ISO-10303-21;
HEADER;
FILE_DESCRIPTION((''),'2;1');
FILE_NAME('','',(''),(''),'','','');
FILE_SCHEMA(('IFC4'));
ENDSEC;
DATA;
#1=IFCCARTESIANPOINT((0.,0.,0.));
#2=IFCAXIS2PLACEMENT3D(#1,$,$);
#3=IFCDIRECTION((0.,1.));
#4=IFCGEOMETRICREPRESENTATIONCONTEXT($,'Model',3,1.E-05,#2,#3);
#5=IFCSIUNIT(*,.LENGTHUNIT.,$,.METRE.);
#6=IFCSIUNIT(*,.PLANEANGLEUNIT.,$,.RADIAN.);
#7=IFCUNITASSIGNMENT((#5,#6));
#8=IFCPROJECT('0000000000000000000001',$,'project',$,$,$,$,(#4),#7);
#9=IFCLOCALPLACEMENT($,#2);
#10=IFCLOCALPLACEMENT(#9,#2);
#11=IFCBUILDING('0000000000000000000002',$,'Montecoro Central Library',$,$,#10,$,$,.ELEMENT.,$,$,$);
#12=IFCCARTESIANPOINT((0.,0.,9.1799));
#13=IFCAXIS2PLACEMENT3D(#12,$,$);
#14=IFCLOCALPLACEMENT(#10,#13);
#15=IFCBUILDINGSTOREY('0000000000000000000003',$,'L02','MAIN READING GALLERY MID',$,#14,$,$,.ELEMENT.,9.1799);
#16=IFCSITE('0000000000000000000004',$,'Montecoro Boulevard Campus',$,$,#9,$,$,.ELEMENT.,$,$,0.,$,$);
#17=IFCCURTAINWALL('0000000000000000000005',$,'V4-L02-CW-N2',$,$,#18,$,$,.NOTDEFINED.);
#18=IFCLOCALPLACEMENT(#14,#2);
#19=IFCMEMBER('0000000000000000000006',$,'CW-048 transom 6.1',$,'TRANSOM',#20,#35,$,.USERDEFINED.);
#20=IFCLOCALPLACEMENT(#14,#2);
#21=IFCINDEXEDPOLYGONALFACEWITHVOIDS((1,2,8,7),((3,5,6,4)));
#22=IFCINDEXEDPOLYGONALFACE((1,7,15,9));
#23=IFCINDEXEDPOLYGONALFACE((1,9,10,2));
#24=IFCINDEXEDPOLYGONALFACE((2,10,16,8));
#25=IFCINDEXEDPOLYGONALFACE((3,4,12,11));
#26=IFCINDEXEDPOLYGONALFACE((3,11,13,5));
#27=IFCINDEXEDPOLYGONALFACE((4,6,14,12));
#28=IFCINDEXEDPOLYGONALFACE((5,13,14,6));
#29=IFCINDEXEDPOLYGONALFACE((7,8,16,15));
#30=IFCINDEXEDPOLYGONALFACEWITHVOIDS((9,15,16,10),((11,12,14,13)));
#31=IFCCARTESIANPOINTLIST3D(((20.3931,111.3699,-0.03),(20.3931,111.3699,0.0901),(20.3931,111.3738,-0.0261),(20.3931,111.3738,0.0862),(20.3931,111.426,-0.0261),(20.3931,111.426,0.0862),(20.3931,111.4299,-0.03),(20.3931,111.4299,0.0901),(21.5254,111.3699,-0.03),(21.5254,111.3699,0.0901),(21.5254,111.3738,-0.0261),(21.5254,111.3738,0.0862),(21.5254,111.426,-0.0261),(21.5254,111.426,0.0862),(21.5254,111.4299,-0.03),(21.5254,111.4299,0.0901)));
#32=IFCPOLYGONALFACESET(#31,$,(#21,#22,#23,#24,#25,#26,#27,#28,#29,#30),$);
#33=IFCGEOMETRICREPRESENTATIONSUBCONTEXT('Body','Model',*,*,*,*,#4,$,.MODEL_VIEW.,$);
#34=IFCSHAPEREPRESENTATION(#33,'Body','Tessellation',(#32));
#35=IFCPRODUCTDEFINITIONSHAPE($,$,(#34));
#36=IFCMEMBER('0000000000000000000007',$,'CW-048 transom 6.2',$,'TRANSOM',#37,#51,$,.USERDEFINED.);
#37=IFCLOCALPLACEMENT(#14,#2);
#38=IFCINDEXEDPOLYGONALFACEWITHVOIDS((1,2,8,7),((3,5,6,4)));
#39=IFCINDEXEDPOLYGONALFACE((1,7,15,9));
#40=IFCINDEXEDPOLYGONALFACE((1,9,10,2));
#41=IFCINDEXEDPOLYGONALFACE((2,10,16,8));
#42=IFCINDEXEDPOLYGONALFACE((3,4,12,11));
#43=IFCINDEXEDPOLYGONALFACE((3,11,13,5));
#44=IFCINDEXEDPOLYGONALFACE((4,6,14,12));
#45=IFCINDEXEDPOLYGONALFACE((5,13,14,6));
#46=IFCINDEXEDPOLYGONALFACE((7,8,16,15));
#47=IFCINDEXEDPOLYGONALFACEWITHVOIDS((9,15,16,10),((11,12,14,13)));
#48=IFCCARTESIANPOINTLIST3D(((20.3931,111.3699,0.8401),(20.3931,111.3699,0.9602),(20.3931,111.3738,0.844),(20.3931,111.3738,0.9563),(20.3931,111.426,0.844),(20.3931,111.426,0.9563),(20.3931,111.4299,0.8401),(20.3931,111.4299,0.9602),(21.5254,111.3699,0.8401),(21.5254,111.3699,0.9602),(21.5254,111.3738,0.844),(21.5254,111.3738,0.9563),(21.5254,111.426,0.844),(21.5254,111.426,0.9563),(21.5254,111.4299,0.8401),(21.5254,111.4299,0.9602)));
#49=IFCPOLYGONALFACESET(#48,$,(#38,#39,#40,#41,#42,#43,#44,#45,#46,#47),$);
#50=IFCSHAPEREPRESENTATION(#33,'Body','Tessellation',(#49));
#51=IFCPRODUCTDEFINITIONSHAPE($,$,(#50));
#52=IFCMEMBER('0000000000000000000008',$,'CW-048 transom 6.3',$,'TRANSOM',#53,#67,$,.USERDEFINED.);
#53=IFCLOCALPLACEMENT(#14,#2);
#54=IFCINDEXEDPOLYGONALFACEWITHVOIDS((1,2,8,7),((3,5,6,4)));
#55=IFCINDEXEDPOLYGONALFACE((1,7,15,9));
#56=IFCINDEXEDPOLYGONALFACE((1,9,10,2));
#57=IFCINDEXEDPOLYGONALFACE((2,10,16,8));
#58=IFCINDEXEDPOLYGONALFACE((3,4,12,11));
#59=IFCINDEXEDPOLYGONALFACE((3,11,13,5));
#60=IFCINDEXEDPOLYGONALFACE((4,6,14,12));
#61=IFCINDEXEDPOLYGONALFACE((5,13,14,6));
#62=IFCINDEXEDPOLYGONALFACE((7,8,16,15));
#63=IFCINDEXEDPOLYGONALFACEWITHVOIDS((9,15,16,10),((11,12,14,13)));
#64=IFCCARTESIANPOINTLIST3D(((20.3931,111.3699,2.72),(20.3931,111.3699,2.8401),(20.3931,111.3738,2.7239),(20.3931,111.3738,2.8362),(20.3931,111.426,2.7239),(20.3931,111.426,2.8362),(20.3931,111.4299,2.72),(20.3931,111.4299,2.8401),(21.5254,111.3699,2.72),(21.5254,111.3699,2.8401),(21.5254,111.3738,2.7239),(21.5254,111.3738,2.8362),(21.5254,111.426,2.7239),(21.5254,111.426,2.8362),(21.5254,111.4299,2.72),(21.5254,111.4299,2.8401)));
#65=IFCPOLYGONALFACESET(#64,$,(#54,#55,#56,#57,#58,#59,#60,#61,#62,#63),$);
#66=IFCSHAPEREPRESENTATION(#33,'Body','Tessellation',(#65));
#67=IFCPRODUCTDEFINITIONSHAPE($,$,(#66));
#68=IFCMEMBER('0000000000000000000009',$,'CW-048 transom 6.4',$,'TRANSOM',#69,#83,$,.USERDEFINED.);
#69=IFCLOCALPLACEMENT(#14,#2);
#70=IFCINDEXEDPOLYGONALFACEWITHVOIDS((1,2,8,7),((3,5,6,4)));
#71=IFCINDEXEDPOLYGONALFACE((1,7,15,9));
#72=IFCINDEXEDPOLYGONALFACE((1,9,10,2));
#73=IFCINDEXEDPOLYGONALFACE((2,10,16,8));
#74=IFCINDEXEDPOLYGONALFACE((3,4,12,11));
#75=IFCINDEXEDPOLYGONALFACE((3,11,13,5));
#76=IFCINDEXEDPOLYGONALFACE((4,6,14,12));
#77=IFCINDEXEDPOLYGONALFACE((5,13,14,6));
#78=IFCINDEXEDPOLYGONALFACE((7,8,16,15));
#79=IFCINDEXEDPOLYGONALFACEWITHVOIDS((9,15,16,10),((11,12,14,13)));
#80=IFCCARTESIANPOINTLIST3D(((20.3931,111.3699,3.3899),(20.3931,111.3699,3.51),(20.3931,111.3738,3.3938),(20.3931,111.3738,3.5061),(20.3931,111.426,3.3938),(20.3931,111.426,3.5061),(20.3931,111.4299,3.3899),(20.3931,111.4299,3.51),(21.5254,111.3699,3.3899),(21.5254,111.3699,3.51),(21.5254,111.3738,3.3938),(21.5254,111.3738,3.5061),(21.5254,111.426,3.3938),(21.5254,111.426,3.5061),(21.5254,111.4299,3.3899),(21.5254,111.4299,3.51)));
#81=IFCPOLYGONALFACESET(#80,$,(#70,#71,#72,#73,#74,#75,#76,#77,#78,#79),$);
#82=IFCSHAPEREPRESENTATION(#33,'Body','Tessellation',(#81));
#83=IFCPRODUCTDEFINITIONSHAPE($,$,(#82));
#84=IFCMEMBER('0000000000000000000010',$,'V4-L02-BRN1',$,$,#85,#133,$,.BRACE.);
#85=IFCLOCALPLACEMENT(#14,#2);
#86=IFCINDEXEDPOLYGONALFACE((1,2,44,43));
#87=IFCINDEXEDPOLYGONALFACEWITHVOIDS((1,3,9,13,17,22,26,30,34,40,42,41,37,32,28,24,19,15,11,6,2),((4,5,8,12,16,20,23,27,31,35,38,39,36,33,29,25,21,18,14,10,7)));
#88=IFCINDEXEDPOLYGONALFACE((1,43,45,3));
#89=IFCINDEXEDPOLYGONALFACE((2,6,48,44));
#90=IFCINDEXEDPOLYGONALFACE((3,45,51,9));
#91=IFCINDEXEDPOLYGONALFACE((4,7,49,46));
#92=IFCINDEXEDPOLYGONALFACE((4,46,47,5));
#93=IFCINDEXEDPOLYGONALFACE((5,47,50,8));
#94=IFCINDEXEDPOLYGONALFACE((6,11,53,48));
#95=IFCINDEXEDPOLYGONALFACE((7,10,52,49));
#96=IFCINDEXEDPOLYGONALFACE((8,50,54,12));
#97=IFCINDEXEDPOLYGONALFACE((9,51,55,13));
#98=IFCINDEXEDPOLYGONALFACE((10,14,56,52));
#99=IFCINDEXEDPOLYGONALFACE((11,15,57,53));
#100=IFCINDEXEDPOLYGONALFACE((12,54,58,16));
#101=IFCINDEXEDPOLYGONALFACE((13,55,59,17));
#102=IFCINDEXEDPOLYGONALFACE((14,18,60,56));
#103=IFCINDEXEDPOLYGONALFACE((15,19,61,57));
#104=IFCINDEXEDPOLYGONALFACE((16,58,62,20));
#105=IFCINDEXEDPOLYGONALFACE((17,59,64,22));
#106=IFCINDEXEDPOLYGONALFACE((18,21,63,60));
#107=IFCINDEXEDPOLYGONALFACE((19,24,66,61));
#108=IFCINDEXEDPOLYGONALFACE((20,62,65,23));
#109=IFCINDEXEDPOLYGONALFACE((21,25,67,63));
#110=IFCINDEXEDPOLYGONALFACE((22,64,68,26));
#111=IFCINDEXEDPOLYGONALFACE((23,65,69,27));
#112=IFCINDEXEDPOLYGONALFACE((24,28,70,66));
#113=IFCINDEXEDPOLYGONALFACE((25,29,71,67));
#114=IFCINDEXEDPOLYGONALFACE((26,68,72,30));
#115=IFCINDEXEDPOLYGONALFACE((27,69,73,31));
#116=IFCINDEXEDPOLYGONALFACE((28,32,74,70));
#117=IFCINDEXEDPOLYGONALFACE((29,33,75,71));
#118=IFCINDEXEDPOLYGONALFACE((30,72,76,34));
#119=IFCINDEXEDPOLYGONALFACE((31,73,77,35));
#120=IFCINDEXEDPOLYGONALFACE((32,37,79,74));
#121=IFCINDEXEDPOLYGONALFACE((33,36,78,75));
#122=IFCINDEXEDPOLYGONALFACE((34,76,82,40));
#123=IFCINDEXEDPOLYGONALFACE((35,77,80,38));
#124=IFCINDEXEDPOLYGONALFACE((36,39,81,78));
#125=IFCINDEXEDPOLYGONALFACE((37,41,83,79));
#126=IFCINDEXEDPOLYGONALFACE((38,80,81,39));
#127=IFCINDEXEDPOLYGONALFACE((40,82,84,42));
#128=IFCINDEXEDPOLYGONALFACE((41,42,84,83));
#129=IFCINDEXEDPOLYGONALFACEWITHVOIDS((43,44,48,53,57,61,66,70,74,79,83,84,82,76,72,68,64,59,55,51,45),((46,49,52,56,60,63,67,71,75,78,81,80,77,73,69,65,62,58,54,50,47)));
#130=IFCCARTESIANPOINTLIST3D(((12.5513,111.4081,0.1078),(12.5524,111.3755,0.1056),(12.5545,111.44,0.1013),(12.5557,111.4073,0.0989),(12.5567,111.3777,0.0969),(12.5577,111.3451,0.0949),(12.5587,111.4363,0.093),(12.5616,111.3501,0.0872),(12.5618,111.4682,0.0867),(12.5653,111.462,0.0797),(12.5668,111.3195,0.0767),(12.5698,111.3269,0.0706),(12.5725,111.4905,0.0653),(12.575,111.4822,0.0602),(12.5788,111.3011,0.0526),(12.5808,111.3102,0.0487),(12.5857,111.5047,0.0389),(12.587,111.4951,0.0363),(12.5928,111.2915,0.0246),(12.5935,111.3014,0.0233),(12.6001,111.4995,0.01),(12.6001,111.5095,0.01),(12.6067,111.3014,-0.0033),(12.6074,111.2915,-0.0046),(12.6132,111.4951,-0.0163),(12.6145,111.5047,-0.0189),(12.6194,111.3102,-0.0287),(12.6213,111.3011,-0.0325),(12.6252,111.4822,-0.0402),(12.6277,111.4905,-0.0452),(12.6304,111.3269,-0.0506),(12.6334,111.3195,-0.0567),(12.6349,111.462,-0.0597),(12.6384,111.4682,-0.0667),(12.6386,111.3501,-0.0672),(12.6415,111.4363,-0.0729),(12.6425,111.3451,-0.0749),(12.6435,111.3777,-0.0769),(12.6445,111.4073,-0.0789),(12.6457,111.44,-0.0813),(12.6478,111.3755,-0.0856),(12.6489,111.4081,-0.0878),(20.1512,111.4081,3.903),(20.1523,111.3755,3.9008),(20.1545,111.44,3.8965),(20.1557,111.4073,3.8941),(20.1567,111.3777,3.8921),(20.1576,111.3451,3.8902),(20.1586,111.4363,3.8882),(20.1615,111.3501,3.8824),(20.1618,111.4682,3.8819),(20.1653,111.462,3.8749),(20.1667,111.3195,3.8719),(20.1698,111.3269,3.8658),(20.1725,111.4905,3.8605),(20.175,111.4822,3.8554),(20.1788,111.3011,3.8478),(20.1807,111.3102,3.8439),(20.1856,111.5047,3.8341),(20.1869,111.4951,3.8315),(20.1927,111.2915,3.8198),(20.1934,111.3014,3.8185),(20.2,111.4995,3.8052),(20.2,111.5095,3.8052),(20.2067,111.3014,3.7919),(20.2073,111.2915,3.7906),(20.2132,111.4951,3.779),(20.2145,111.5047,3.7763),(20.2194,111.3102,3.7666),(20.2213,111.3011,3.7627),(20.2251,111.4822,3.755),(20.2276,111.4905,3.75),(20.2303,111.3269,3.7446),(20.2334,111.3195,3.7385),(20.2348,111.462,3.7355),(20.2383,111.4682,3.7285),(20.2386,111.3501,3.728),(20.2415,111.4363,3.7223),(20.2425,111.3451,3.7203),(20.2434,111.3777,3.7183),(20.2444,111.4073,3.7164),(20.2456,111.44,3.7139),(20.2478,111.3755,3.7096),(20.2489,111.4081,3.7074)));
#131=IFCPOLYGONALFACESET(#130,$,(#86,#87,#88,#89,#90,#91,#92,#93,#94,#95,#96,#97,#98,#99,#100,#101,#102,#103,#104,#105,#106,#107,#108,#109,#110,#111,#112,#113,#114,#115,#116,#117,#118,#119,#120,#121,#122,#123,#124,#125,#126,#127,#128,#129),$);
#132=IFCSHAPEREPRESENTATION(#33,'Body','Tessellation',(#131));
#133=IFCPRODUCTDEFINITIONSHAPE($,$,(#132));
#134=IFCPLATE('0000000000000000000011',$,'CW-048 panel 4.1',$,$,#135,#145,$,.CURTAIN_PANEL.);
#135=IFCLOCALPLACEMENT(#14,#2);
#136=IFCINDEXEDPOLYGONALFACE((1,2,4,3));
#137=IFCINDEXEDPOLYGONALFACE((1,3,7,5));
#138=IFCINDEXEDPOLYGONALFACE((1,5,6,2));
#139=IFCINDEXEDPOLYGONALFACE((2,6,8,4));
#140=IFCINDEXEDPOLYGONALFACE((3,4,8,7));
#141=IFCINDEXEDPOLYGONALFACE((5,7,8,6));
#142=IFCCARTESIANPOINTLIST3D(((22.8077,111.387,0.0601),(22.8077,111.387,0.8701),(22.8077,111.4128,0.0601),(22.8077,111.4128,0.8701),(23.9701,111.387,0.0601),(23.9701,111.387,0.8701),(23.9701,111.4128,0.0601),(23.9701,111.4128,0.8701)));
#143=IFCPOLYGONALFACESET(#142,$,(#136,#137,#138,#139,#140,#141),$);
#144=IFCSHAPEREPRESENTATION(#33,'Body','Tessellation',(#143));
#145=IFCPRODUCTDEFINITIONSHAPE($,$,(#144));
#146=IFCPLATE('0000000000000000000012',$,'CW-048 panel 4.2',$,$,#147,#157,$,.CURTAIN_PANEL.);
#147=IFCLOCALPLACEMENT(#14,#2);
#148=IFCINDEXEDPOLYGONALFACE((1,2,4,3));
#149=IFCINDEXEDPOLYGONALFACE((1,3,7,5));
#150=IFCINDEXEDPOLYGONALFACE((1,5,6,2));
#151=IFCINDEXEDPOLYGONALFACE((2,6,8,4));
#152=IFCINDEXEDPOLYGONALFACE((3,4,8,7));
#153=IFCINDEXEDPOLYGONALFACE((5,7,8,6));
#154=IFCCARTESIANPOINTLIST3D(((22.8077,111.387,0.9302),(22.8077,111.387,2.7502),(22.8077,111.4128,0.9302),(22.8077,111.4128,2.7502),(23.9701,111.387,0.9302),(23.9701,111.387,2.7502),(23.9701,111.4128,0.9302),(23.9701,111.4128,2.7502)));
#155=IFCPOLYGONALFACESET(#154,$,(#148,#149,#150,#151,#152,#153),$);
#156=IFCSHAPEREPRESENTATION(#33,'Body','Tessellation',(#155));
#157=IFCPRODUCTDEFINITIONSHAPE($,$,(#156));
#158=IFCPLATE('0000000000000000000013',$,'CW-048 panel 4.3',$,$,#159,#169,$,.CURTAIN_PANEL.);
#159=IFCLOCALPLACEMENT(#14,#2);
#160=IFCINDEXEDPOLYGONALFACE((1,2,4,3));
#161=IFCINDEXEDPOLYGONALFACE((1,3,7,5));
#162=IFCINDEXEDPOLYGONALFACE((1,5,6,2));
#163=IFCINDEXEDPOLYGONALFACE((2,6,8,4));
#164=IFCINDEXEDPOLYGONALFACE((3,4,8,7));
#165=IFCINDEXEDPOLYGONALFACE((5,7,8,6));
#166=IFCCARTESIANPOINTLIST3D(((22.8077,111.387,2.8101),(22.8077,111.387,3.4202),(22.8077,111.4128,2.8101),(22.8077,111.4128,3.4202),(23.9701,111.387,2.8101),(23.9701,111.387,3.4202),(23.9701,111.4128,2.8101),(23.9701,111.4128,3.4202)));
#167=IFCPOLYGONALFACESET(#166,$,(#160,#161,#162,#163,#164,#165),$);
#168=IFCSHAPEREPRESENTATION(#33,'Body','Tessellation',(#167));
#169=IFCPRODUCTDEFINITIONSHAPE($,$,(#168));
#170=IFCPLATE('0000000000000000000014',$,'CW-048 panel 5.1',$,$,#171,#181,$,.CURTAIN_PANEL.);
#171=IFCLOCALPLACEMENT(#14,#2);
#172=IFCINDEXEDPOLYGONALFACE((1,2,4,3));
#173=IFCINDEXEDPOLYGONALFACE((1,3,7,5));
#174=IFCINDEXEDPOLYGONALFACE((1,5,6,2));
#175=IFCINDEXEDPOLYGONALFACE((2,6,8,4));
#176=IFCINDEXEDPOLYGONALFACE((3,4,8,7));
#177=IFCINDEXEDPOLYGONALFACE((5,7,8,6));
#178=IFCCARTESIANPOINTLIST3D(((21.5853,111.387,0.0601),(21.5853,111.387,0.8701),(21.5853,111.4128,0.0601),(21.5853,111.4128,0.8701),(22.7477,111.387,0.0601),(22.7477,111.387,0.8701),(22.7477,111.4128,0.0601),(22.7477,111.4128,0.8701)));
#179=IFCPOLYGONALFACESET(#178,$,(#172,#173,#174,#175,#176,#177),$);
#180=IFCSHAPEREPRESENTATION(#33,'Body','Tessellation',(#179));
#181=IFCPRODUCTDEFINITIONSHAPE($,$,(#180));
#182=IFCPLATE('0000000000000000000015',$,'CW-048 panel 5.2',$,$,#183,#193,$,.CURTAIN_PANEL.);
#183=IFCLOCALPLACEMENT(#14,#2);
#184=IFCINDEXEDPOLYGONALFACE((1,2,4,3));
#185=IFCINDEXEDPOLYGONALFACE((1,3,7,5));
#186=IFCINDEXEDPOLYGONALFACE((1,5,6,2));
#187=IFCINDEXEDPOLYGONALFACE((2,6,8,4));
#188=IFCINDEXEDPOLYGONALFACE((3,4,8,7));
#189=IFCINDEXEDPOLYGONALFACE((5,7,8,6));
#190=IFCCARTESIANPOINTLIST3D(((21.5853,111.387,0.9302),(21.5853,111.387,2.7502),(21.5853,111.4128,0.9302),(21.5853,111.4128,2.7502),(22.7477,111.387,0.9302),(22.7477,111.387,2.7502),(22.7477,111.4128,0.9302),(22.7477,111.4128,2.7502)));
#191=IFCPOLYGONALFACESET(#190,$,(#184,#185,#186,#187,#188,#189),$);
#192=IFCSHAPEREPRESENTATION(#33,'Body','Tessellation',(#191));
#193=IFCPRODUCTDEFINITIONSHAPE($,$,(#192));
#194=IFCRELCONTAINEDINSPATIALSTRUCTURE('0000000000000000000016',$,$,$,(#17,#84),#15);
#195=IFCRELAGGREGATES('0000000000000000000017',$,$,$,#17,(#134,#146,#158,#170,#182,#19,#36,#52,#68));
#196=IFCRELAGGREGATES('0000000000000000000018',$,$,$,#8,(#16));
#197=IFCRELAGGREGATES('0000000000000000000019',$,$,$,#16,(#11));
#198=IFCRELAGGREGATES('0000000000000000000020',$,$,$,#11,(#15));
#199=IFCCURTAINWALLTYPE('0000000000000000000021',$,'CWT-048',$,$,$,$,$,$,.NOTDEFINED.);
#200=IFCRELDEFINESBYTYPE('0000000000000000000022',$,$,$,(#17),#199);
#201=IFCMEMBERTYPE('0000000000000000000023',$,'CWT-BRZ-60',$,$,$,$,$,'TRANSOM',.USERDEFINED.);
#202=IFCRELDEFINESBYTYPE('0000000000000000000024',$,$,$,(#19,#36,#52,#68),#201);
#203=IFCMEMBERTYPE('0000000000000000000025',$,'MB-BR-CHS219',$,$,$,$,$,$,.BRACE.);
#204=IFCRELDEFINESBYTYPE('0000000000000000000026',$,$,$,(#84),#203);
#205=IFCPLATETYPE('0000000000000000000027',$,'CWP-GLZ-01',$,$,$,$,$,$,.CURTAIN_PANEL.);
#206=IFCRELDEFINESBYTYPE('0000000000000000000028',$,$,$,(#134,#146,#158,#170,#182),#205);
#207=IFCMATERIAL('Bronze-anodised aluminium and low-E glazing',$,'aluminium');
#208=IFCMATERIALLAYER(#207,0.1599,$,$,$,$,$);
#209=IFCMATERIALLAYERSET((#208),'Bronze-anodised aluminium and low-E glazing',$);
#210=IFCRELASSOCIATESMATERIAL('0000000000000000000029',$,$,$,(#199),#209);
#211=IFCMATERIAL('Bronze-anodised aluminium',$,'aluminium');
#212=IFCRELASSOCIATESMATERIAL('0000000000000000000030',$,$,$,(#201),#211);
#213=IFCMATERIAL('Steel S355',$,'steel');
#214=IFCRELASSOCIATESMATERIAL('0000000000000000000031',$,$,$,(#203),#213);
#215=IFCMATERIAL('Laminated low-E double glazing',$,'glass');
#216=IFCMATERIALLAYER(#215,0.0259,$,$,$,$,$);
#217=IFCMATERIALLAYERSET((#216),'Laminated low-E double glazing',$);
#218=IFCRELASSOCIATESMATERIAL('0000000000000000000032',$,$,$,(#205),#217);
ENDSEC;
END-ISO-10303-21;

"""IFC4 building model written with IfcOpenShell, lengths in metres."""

from ifc_helpers import new_model, si_unit, direction, frame, origin, origin_2d, place, context, subcontext, project, spatial, rectangle, hollow_rectangle, hollow_circle, extrude, material, layer, layer_set, material_profile, profile_set, type_object, element, aggregate, save


model = new_model("IFC4")

# Units and contexts
model_context = context("Model", 3, precision=1e-05, world=origin(), true_north=direction((0.0, 1.0)))
body_context = subcontext(model_context, "Body", "Model", "MODEL_VIEW")
ifc_project = project(units=[si_unit("LENGTHUNIT", "METRE"), si_unit("PLANEANGLEUNIT", "RADIAN")], contexts=[model_context])

# Site, building, storey
site_placement = place(None, origin())
site = spatial("IfcSite", under=ifc_project, at=site_placement, Name="Montecoro Boulevard Campus", CompositionType="ELEMENT", RefElevation=0.0)
building_placement = place(site_placement, origin())
building = spatial("IfcBuilding", under=site, at=building_placement, Name="Montecoro Central Library", CompositionType="ELEMENT")
storey_placement = place(building_placement, frame((0.0, 0.0, 9.1799)))
storey = spatial("IfcBuildingStorey", under=building, at=storey_placement, Name="L02", Description="MAIN READING GALLERY MID", CompositionType="ELEMENT", Elevation=9.1799)

# Shared definitions
ifc_material_1 = material(Name="Steel S355", Category="steel")

# Curtain wall, members
ifc_material_2 = material(Name="Bronze-anodised aluminium and low-E glazing", Category="aluminium")
ifc_layer_1 = layer(ifc_material_2, 0.1599)
ifc_layer_set_1 = layer_set([ifc_layer_1], Name="Bronze-anodised aluminium and low-E glazing")
curtain_wall_type = type_object("IfcCurtainWallType", Name="CWT-048", PredefinedType="NOTDEFINED", material=ifc_layer_set_1)
curtain_wall_placement = place(storey_placement, origin())
curtain_wall = element("IfcCurtainWall", 1, at=curtain_wall_placement, inside=storey, type_object=curtain_wall_type, Name="V4-L02-CW-N2", PredefinedType="NOTDEFINED")
ifc_material_3 = material(Name="Bronze-anodised aluminium", Category="aluminium")
ifc_material_profile_1 = material_profile(ifc_material_3, hollow_rectangle(XDim=0.0601, YDim=0.1201, WallThickness=0.0039, at=origin_2d()), Name="CWT 120x60x4.0")
ifc_profile_set_1 = profile_set([ifc_material_profile_1], Name="Bronze-anodised aluminium")
member_type_1 = type_object("IfcMemberType", Name="CWT-BRZ-60", ElementType="TRANSOM", PredefinedType="USERDEFINED", material=ifc_profile_set_1)
member_1_placement = place(storey_placement, frame((21.5254, 111.3999, 0.03), z_axis=(-1.0, 0.0, 0.0), x_axis=(0.0, -1.0, 0.0)))
member_1 = element("IfcMember", 2, at=member_1_placement, type_object=member_type_1, Name="CW-048 transom 6.1", ObjectType="TRANSOM", PredefinedType="USERDEFINED", context=body_context, shape_type="SweptSolid", body=[
    extrude(hollow_rectangle(XDim=0.0601, YDim=0.1201, WallThickness=0.0039, at=origin_2d()), origin(), (0.0, 0.0, 1.0), 1.1323),
])
member_2_placement = place(storey_placement, frame((21.5254, 111.3999, 0.9001), z_axis=(-1.0, 0.0, 0.0), x_axis=(0.0, -1.0, 0.0)))
member_2 = element("IfcMember", 3, at=member_2_placement, type_object=member_type_1, Name="CW-048 transom 6.2", ObjectType="TRANSOM", PredefinedType="USERDEFINED", context=body_context, shape_type="SweptSolid", body=[
    extrude(hollow_rectangle(XDim=0.0601, YDim=0.1201, WallThickness=0.0039, at=origin_2d()), origin(), (0.0, 0.0, 1.0), 1.1323),
])
member_3_placement = place(storey_placement, frame((21.5254, 111.3999, 2.78), z_axis=(-1.0, 0.0, 0.0), x_axis=(0.0, -1.0, 0.0)))
member_3 = element("IfcMember", 4, at=member_3_placement, type_object=member_type_1, Name="CW-048 transom 6.3", ObjectType="TRANSOM", PredefinedType="USERDEFINED", context=body_context, shape_type="SweptSolid", body=[
    extrude(hollow_rectangle(XDim=0.0601, YDim=0.1201, WallThickness=0.0039, at=origin_2d()), origin(), (0.0, 0.0, 1.0), 1.1323),
])
member_4_placement = place(storey_placement, frame((21.5254, 111.3999, 3.45), z_axis=(-1.0, 0.0, 0.0), x_axis=(0.0, -1.0, 0.0)))
member_4 = element("IfcMember", 5, at=member_4_placement, type_object=member_type_1, Name="CW-048 transom 6.4", ObjectType="TRANSOM", PredefinedType="USERDEFINED", context=body_context, shape_type="SweptSolid", body=[
    extrude(hollow_rectangle(XDim=0.0601, YDim=0.1201, WallThickness=0.0039, at=origin_2d()), origin(), (0.0, 0.0, 1.0), 1.1323),
])

# Member
ifc_material_profile_2 = material_profile(ifc_material_1, hollow_circle(Radius=0.1096, WallThickness=0.01, at=origin_2d()), Name="CHS 219.1x10.0")
ifc_profile_set_2 = profile_set([ifc_material_profile_2], Name="Steel S355")
member_type_2 = type_object("IfcMemberType", Name="MB-BR-CHS219", PredefinedType="BRACE", material=ifc_profile_set_2)
member_5_placement = place(storey_placement, frame((12.6001, 111.3999, 0.01), z_axis=(0.894651, 0.0, 0.446765), x_axis=(0.0, 1.0, 0.0)))
element("IfcMember", 6, at=member_5_placement, inside=storey, type_object=member_type_2, Name="V4-L02-BRN1", PredefinedType="BRACE", context=body_context, shape_type="SweptSolid", body=[
    extrude(hollow_circle(Radius=0.1096, WallThickness=0.01, at=origin_2d()), origin(), (0.0, 0.0, 1.0), 8.4949),
])

# Plates
ifc_material_4 = material(Name="Laminated low-E double glazing", Category="glass")
ifc_layer_2 = layer(ifc_material_4, 0.0259)
ifc_layer_set_2 = layer_set([ifc_layer_2], Name="Laminated low-E double glazing")
plate_type = type_object("IfcPlateType", Name="CWP-GLZ-01", PredefinedType="CURTAIN_PANEL", material=ifc_layer_set_2)
plate_1_placement = place(storey_placement, frame((23.3889, 111.3999, 0.0601), z_axis=(0.0, 0.0, 1.0), x_axis=(-1.0, 0.0, 0.0)))
plate_1 = element("IfcPlate", 7, at=plate_1_placement, type_object=plate_type, Name="CW-048 panel 4.1", PredefinedType="CURTAIN_PANEL", context=body_context, shape_type="SweptSolid", body=[
    extrude(rectangle(XDim=1.1624, YDim=0.0259, at=origin_2d()), origin(), (0.0, 0.0, 1.0), 0.8101),
])
plate_2_placement = place(storey_placement, frame((23.3889, 111.3999, 0.9302), z_axis=(0.0, 0.0, 1.0), x_axis=(-1.0, 0.0, 0.0)))
plate_2 = element("IfcPlate", 8, at=plate_2_placement, type_object=plate_type, Name="CW-048 panel 4.2", PredefinedType="CURTAIN_PANEL", context=body_context, shape_type="SweptSolid", body=[
    extrude(rectangle(XDim=1.1624, YDim=0.0259, at=origin_2d()), origin(), (0.0, 0.0, 1.0), 1.8201),
])
plate_3_placement = place(storey_placement, frame((23.3889, 111.3999, 2.8101), z_axis=(0.0, 0.0, 1.0), x_axis=(-1.0, 0.0, 0.0)))
plate_3 = element("IfcPlate", 9, at=plate_3_placement, type_object=plate_type, Name="CW-048 panel 4.3", PredefinedType="CURTAIN_PANEL", context=body_context, shape_type="SweptSolid", body=[
    extrude(rectangle(XDim=1.1624, YDim=0.0259, at=origin_2d()), origin(), (0.0, 0.0, 1.0), 0.6101),
])
plate_4_placement = place(storey_placement, frame((22.1665, 111.3999, 0.0601), z_axis=(0.0, 0.0, 1.0), x_axis=(-1.0, 0.0, 0.0)))
plate_4 = element("IfcPlate", 10, at=plate_4_placement, type_object=plate_type, Name="CW-048 panel 5.1", PredefinedType="CURTAIN_PANEL", context=body_context, shape_type="SweptSolid", body=[
    extrude(rectangle(XDim=1.1624, YDim=0.0259, at=origin_2d()), origin(), (0.0, 0.0, 1.0), 0.8101),
])
plate_5_placement = place(storey_placement, frame((22.1665, 111.3999, 0.9302), z_axis=(0.0, 0.0, 1.0), x_axis=(-1.0, 0.0, 0.0)))
plate_5 = element("IfcPlate", 11, at=plate_5_placement, type_object=plate_type, Name="CW-048 panel 5.2", PredefinedType="CURTAIN_PANEL", context=body_context, shape_type="SweptSolid", body=[
    extrude(rectangle(XDim=1.1624, YDim=0.0259, at=origin_2d()), origin(), (0.0, 0.0, 1.0), 1.8201),
])
aggregate(curtain_wall, [plate_1, plate_2, plate_3, plate_4, plate_5, member_1, member_2, member_3, member_4])

save(model, "model.ifc")
